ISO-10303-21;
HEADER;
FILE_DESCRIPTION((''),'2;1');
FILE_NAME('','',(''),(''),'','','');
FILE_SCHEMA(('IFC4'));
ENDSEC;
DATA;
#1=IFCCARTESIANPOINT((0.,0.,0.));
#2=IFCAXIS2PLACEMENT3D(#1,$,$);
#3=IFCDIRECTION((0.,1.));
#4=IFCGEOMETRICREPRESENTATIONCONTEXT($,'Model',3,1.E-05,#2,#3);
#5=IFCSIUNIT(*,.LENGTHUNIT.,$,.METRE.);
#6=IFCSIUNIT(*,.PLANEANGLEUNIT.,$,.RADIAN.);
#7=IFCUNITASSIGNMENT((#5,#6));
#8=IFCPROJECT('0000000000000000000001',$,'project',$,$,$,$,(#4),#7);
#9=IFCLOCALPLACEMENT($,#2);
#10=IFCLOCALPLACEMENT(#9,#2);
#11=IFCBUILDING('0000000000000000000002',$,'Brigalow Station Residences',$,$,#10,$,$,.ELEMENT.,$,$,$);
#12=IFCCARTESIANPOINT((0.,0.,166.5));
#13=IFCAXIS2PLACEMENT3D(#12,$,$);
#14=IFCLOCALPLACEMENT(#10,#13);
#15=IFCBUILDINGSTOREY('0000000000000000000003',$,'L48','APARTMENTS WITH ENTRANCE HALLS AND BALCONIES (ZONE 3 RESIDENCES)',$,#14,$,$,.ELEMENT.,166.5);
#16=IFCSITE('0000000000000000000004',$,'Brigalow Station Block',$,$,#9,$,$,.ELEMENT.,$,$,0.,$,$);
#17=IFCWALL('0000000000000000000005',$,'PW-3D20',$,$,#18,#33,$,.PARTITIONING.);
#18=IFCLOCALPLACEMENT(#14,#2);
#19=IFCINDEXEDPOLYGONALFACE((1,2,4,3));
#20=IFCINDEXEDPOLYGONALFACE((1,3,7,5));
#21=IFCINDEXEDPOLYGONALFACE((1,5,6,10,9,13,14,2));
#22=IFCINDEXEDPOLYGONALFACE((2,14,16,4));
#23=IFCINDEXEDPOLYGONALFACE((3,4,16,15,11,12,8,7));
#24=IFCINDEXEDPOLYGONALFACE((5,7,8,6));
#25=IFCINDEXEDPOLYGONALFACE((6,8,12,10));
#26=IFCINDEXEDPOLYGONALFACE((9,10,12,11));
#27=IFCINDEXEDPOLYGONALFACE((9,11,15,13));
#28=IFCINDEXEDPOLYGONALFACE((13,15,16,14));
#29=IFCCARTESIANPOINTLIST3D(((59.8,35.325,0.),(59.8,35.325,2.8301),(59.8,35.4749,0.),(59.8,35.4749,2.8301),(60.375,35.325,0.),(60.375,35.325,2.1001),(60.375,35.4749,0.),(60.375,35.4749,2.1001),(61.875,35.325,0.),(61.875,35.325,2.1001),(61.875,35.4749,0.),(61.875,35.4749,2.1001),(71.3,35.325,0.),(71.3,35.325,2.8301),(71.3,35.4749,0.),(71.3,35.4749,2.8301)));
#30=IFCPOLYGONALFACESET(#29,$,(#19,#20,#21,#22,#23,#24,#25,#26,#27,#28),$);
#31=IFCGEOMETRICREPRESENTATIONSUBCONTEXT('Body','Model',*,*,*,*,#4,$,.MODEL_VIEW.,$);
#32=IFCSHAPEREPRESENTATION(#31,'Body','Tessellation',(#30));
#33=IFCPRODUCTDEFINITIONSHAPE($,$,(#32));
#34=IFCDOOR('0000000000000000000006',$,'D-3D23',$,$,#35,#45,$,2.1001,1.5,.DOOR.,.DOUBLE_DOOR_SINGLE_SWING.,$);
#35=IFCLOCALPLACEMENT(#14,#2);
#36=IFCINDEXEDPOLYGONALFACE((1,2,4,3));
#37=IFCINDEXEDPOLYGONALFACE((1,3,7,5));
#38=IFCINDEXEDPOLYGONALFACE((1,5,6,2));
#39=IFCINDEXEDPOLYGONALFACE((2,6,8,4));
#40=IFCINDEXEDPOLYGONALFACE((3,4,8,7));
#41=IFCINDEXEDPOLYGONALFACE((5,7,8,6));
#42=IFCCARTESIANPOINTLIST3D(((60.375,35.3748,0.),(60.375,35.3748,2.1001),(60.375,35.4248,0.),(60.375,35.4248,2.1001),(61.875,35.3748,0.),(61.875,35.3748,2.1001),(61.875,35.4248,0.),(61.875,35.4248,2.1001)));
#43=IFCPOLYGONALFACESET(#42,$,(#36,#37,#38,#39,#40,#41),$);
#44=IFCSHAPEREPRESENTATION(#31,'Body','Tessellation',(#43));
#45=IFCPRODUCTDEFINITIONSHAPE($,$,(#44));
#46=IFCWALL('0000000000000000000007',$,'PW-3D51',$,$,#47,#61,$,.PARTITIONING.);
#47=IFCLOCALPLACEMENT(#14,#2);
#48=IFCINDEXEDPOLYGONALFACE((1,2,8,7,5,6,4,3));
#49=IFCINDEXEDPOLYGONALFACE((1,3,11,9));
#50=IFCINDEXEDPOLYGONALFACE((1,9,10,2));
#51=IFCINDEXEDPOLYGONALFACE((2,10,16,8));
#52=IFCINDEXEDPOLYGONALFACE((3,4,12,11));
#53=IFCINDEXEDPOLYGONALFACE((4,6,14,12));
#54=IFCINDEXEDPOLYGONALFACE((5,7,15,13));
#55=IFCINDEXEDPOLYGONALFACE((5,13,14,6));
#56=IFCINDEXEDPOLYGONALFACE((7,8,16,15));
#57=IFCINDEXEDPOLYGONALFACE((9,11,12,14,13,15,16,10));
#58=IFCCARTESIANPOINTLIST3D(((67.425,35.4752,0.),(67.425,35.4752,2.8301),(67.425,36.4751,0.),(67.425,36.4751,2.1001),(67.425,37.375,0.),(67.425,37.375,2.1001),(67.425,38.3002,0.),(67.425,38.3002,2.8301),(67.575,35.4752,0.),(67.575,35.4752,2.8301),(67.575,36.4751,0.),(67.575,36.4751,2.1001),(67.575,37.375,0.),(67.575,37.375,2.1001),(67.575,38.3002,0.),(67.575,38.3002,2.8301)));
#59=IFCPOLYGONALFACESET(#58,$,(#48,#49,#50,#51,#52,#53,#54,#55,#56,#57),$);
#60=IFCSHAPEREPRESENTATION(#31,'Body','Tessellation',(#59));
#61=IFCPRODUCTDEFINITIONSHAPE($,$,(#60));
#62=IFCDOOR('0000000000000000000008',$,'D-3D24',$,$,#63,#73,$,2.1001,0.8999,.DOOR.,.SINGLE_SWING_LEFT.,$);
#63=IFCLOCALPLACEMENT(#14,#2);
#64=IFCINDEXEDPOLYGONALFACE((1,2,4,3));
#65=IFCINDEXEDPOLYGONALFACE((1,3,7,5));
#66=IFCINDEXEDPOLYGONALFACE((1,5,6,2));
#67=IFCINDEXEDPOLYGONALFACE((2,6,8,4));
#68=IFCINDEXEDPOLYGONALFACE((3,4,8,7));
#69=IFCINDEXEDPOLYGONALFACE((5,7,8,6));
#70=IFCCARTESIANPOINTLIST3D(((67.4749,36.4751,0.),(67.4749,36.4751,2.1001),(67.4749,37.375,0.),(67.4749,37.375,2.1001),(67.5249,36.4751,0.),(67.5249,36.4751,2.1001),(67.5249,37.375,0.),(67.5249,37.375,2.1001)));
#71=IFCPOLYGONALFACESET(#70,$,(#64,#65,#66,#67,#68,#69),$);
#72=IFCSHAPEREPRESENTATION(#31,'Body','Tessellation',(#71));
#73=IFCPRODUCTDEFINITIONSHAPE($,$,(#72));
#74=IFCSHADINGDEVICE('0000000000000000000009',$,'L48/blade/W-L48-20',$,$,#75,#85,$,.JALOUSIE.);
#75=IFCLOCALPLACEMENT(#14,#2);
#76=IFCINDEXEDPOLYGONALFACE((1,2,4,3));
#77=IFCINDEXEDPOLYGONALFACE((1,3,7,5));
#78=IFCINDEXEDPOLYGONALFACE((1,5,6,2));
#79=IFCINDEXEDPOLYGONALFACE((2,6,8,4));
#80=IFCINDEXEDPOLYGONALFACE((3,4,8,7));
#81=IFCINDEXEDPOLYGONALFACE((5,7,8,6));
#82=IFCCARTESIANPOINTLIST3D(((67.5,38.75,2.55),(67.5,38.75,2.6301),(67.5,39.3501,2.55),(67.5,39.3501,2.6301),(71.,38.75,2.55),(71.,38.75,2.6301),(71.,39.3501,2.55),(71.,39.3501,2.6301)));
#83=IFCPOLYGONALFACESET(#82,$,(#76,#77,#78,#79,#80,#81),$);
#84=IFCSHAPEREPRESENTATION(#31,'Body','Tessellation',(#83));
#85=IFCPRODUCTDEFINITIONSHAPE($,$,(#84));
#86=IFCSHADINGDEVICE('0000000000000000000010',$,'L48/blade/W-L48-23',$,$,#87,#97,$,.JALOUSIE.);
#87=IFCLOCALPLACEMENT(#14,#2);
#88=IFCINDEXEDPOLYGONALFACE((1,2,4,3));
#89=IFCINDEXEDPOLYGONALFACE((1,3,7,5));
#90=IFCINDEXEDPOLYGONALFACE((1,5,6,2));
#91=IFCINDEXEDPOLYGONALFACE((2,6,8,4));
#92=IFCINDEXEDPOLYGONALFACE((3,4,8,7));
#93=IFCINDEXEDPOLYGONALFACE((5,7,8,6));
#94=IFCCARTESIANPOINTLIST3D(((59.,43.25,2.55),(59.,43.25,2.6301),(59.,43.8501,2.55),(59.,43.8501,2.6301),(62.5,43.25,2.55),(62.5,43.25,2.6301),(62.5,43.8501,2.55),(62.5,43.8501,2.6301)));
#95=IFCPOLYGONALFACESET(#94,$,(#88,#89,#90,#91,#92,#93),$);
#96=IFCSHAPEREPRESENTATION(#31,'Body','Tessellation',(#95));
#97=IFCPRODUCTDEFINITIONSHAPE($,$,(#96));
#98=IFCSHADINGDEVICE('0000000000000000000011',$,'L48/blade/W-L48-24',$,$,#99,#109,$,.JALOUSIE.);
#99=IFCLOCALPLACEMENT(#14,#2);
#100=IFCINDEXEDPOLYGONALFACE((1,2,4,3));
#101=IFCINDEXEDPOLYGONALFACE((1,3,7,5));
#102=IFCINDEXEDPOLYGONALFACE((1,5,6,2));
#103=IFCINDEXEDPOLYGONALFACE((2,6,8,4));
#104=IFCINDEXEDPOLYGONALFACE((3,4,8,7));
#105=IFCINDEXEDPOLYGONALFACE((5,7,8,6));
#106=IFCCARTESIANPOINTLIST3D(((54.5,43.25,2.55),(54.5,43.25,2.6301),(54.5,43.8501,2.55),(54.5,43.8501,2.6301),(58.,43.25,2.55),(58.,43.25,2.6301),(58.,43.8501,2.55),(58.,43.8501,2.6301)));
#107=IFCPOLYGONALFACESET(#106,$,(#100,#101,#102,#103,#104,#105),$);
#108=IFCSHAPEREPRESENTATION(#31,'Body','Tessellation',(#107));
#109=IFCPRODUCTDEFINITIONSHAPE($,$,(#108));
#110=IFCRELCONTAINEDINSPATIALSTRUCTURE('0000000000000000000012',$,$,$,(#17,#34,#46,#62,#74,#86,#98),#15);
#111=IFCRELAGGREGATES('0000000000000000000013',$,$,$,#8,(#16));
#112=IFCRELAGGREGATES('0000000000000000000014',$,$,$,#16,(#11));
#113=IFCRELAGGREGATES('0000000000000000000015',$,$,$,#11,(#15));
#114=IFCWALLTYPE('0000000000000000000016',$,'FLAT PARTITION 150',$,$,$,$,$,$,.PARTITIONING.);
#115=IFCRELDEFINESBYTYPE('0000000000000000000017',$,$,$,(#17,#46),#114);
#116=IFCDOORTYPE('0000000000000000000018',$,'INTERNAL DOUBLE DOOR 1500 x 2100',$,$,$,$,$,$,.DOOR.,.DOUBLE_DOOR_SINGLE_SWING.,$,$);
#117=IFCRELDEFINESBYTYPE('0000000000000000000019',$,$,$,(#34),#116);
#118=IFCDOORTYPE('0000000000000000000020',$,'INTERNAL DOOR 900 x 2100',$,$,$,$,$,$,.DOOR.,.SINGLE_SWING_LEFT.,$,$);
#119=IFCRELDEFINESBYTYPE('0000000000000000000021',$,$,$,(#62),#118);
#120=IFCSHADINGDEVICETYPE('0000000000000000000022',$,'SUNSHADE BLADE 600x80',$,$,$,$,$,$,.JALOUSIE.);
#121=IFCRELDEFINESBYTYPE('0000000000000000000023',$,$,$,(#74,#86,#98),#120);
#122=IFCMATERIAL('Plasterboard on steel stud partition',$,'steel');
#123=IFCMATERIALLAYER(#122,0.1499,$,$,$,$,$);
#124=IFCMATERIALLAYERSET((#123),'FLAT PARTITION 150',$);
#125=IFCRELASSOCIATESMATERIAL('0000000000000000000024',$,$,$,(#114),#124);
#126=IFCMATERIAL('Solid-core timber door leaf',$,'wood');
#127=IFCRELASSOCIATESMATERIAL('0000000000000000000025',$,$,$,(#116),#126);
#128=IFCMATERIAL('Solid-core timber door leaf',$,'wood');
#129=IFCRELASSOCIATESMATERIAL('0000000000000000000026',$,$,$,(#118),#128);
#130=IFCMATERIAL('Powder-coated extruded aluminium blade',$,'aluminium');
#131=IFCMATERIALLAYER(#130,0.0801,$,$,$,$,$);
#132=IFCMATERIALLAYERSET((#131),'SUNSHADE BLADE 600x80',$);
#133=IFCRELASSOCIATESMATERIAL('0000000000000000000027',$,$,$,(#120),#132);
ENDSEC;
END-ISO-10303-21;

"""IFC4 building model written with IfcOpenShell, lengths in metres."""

from ifc_helpers import new_model, si_unit, direction, frame, frame_2d, origin, origin_2d, place, context, subcontext, project, spatial, rectangle, extrude, material, layer, layer_set, type_object, element, fill, save


model = new_model("IFC4")

# Units and contexts
model_context = context("Model", 3, precision=1e-05, world=origin(), true_north=direction((0.0, 1.0)))
body_context = subcontext(model_context, "Body", "Model", "MODEL_VIEW")
ifc_project = project(units=[si_unit("LENGTHUNIT", "METRE"), si_unit("PLANEANGLEUNIT", "RADIAN")], contexts=[model_context])

# Site, building, storey
site_placement = place(None, origin())
site = spatial("IfcSite", under=ifc_project, at=site_placement, Name="Brigalow Station Block", CompositionType="ELEMENT", RefElevation=0.0)
building_placement = place(site_placement, origin())
building = spatial("IfcBuilding", under=site, at=building_placement, Name="Brigalow Station Residences", CompositionType="ELEMENT")
storey_placement = place(building_placement, frame((0.0, 0.0, 166.5)))
storey = spatial("IfcBuildingStorey", under=building, at=storey_placement, Name="L48", Description="APARTMENTS WITH ENTRANCE HALLS AND BALCONIES (ZONE 3 RESIDENCES)", CompositionType="ELEMENT", Elevation=166.5)

# Walls, openings, doors
ifc_material_1 = material(Name="Plasterboard on steel stud partition", Category="steel")
ifc_layer_1 = layer(ifc_material_1, 0.1499)
ifc_layer_set_1 = layer_set([ifc_layer_1], Name="FLAT PARTITION 150")
wall_type_1 = type_object("IfcWallType", Name="FLAT PARTITION 150", PredefinedType="PARTITIONING", material=ifc_layer_set_1)
wall_1_placement = place(storey_placement, frame((59.8, 35.3999, 0.0), z_axis=(0.0, 0.0, 1.0), x_axis=(1.0, 0.0, 0.0)))
wall_1 = element("IfcWall", 1, at=wall_1_placement, inside=storey, type_object=wall_type_1, Name="PW-3D20", PredefinedType="PARTITIONING", context=body_context, shape_type="SweptSolid", body=[
    extrude(rectangle(XDim=11.5, YDim=0.1499, at=frame_2d((5.75, 0.0))), origin(), (0.0, 0.0, 1.0), 2.8301),
])
opening_1_placement = place(wall_1_placement, frame((0.575, 0.0, 0.0)))
opening_1 = element("IfcOpeningElement", 2, at=opening_1_placement, cuts=wall_1, PredefinedType="OPENING", context=body_context, shape_type="SweptSolid", body=[
    extrude(rectangle(XDim=1.5, YDim=2.1001, at=frame_2d((0.75, 1.05))), frame((0.0, 0.085, 0.0), z_axis=(0.0, -1.0, 0.0), x_axis=(1.0, 0.0, 0.0)), (0.0, 0.0, 1.0), 0.1699),
])
ifc_material_2 = material(Name="Solid-core timber door leaf", Category="wood")
door_type_1 = type_object("IfcDoorType", Name="INTERNAL DOUBLE DOOR 1500 x 2100", OperationType="DOUBLE_DOOR_SINGLE_SWING", PredefinedType="DOOR", material=ifc_material_2)
door_1_placement = place(opening_1_placement, origin())
door_1 = element("IfcDoor", 3, at=door_1_placement, inside=storey, type_object=door_type_1, Name="D-3D23", OperationType="DOUBLE_DOOR_SINGLE_SWING", OverallHeight=2.1001, OverallWidth=1.5, PredefinedType="DOOR", context=body_context, shape_type="SweptSolid", body=[
    extrude(rectangle(XDim=1.5, YDim=2.1001, at=frame_2d((0.75, 1.05))), frame((0.0, 0.0249, 0.0), z_axis=(0.0, -1.0, 0.0), x_axis=(1.0, 0.0, 0.0)), (0.0, 0.0, 1.0), 0.05),
])
fill(opening_1, door_1)
wall_2_placement = place(storey_placement, frame((67.5, 35.4751, 0.0), z_axis=(0.0, 0.0, 1.0), x_axis=(0.0, 1.0, 0.0)))
wall_2 = element("IfcWall", 4, at=wall_2_placement, inside=storey, type_object=wall_type_1, Name="PW-3D51", PredefinedType="PARTITIONING", context=body_context, shape_type="SweptSolid", body=[
    extrude(rectangle(XDim=2.825, YDim=0.1499, at=frame_2d((1.4126, 0.0))), origin(), (0.0, 0.0, 1.0), 2.8301),
])
opening_2_placement = place(wall_2_placement, frame((1.0, 0.0, 0.0)))
opening_2 = element("IfcOpeningElement", 5, at=opening_2_placement, cuts=wall_2, PredefinedType="OPENING", context=body_context, shape_type="SweptSolid", body=[
    extrude(rectangle(XDim=0.8999, YDim=2.1001, at=frame_2d((0.45, 1.05))), frame((0.0, 0.085, 0.0), z_axis=(0.0, -1.0, 0.0), x_axis=(1.0, 0.0, 0.0)), (0.0, 0.0, 1.0), 0.1699),
])
ifc_material_3 = material(Name="Solid-core timber door leaf", Category="wood")
door_type_2 = type_object("IfcDoorType", Name="INTERNAL DOOR 900 x 2100", OperationType="SINGLE_SWING_LEFT", PredefinedType="DOOR", material=ifc_material_3)
door_2_placement = place(opening_2_placement, frame((0.8999, 0.0, 0.0), z_axis=(0.0, 0.0, 1.0), x_axis=(-1.0, 0.0, 0.0)))
door_2 = element("IfcDoor", 6, at=door_2_placement, inside=storey, type_object=door_type_2, Name="D-3D24", OperationType="SINGLE_SWING_LEFT", OverallHeight=2.1001, OverallWidth=0.8999, PredefinedType="DOOR", context=body_context, shape_type="SweptSolid", body=[
    extrude(rectangle(XDim=0.8999, YDim=2.1001, at=frame_2d((0.45, 1.05))), frame((0.0, 0.0249, 0.0), z_axis=(0.0, -1.0, 0.0), x_axis=(1.0, 0.0, 0.0)), (0.0, 0.0, 1.0), 0.05),
])
fill(opening_2, door_2)

# Shading devices
ifc_material_4 = material(Name="Powder-coated extruded aluminium blade", Category="aluminium")
ifc_layer_2 = layer(ifc_material_4, 0.0801)
ifc_layer_set_2 = layer_set([ifc_layer_2], Name="SUNSHADE BLADE 600x80")
shading_device_type = type_object("IfcShadingDeviceType", Name="SUNSHADE BLADE 600x80", PredefinedType="JALOUSIE", material=ifc_layer_set_2)
for number, where, z_axis, x_axis, name in (
    (7, (69.25, 39.05, 2.55), (0.0, 0.0, 1.0), (-1.0, 0.0, 0.0), "L48/blade/W-L48-20"),
    (8, (60.75, 43.55, 2.55), (0.0, 0.0, 1.0), (-1.0, 0.0, 0.0), "L48/blade/W-L48-23"),
    (9, (56.25, 43.55, 2.55), (0.0, 0.0, 1.0), (-1.0, 0.0, 0.0), "L48/blade/W-L48-24"),
):
    element("IfcShadingDevice", number, at=place(storey_placement, frame(where, z_axis=z_axis, x_axis=x_axis)), inside=storey, type_object=shading_device_type, Name=name, PredefinedType="JALOUSIE", context=body_context, shape_type="SweptSolid", body=[
        extrude(rectangle(XDim=3.5, YDim=0.6001, at=origin_2d()), origin(), (0.0, 0.0, 1.0), 0.0801),
    ])

save(model, "model.ifc")
